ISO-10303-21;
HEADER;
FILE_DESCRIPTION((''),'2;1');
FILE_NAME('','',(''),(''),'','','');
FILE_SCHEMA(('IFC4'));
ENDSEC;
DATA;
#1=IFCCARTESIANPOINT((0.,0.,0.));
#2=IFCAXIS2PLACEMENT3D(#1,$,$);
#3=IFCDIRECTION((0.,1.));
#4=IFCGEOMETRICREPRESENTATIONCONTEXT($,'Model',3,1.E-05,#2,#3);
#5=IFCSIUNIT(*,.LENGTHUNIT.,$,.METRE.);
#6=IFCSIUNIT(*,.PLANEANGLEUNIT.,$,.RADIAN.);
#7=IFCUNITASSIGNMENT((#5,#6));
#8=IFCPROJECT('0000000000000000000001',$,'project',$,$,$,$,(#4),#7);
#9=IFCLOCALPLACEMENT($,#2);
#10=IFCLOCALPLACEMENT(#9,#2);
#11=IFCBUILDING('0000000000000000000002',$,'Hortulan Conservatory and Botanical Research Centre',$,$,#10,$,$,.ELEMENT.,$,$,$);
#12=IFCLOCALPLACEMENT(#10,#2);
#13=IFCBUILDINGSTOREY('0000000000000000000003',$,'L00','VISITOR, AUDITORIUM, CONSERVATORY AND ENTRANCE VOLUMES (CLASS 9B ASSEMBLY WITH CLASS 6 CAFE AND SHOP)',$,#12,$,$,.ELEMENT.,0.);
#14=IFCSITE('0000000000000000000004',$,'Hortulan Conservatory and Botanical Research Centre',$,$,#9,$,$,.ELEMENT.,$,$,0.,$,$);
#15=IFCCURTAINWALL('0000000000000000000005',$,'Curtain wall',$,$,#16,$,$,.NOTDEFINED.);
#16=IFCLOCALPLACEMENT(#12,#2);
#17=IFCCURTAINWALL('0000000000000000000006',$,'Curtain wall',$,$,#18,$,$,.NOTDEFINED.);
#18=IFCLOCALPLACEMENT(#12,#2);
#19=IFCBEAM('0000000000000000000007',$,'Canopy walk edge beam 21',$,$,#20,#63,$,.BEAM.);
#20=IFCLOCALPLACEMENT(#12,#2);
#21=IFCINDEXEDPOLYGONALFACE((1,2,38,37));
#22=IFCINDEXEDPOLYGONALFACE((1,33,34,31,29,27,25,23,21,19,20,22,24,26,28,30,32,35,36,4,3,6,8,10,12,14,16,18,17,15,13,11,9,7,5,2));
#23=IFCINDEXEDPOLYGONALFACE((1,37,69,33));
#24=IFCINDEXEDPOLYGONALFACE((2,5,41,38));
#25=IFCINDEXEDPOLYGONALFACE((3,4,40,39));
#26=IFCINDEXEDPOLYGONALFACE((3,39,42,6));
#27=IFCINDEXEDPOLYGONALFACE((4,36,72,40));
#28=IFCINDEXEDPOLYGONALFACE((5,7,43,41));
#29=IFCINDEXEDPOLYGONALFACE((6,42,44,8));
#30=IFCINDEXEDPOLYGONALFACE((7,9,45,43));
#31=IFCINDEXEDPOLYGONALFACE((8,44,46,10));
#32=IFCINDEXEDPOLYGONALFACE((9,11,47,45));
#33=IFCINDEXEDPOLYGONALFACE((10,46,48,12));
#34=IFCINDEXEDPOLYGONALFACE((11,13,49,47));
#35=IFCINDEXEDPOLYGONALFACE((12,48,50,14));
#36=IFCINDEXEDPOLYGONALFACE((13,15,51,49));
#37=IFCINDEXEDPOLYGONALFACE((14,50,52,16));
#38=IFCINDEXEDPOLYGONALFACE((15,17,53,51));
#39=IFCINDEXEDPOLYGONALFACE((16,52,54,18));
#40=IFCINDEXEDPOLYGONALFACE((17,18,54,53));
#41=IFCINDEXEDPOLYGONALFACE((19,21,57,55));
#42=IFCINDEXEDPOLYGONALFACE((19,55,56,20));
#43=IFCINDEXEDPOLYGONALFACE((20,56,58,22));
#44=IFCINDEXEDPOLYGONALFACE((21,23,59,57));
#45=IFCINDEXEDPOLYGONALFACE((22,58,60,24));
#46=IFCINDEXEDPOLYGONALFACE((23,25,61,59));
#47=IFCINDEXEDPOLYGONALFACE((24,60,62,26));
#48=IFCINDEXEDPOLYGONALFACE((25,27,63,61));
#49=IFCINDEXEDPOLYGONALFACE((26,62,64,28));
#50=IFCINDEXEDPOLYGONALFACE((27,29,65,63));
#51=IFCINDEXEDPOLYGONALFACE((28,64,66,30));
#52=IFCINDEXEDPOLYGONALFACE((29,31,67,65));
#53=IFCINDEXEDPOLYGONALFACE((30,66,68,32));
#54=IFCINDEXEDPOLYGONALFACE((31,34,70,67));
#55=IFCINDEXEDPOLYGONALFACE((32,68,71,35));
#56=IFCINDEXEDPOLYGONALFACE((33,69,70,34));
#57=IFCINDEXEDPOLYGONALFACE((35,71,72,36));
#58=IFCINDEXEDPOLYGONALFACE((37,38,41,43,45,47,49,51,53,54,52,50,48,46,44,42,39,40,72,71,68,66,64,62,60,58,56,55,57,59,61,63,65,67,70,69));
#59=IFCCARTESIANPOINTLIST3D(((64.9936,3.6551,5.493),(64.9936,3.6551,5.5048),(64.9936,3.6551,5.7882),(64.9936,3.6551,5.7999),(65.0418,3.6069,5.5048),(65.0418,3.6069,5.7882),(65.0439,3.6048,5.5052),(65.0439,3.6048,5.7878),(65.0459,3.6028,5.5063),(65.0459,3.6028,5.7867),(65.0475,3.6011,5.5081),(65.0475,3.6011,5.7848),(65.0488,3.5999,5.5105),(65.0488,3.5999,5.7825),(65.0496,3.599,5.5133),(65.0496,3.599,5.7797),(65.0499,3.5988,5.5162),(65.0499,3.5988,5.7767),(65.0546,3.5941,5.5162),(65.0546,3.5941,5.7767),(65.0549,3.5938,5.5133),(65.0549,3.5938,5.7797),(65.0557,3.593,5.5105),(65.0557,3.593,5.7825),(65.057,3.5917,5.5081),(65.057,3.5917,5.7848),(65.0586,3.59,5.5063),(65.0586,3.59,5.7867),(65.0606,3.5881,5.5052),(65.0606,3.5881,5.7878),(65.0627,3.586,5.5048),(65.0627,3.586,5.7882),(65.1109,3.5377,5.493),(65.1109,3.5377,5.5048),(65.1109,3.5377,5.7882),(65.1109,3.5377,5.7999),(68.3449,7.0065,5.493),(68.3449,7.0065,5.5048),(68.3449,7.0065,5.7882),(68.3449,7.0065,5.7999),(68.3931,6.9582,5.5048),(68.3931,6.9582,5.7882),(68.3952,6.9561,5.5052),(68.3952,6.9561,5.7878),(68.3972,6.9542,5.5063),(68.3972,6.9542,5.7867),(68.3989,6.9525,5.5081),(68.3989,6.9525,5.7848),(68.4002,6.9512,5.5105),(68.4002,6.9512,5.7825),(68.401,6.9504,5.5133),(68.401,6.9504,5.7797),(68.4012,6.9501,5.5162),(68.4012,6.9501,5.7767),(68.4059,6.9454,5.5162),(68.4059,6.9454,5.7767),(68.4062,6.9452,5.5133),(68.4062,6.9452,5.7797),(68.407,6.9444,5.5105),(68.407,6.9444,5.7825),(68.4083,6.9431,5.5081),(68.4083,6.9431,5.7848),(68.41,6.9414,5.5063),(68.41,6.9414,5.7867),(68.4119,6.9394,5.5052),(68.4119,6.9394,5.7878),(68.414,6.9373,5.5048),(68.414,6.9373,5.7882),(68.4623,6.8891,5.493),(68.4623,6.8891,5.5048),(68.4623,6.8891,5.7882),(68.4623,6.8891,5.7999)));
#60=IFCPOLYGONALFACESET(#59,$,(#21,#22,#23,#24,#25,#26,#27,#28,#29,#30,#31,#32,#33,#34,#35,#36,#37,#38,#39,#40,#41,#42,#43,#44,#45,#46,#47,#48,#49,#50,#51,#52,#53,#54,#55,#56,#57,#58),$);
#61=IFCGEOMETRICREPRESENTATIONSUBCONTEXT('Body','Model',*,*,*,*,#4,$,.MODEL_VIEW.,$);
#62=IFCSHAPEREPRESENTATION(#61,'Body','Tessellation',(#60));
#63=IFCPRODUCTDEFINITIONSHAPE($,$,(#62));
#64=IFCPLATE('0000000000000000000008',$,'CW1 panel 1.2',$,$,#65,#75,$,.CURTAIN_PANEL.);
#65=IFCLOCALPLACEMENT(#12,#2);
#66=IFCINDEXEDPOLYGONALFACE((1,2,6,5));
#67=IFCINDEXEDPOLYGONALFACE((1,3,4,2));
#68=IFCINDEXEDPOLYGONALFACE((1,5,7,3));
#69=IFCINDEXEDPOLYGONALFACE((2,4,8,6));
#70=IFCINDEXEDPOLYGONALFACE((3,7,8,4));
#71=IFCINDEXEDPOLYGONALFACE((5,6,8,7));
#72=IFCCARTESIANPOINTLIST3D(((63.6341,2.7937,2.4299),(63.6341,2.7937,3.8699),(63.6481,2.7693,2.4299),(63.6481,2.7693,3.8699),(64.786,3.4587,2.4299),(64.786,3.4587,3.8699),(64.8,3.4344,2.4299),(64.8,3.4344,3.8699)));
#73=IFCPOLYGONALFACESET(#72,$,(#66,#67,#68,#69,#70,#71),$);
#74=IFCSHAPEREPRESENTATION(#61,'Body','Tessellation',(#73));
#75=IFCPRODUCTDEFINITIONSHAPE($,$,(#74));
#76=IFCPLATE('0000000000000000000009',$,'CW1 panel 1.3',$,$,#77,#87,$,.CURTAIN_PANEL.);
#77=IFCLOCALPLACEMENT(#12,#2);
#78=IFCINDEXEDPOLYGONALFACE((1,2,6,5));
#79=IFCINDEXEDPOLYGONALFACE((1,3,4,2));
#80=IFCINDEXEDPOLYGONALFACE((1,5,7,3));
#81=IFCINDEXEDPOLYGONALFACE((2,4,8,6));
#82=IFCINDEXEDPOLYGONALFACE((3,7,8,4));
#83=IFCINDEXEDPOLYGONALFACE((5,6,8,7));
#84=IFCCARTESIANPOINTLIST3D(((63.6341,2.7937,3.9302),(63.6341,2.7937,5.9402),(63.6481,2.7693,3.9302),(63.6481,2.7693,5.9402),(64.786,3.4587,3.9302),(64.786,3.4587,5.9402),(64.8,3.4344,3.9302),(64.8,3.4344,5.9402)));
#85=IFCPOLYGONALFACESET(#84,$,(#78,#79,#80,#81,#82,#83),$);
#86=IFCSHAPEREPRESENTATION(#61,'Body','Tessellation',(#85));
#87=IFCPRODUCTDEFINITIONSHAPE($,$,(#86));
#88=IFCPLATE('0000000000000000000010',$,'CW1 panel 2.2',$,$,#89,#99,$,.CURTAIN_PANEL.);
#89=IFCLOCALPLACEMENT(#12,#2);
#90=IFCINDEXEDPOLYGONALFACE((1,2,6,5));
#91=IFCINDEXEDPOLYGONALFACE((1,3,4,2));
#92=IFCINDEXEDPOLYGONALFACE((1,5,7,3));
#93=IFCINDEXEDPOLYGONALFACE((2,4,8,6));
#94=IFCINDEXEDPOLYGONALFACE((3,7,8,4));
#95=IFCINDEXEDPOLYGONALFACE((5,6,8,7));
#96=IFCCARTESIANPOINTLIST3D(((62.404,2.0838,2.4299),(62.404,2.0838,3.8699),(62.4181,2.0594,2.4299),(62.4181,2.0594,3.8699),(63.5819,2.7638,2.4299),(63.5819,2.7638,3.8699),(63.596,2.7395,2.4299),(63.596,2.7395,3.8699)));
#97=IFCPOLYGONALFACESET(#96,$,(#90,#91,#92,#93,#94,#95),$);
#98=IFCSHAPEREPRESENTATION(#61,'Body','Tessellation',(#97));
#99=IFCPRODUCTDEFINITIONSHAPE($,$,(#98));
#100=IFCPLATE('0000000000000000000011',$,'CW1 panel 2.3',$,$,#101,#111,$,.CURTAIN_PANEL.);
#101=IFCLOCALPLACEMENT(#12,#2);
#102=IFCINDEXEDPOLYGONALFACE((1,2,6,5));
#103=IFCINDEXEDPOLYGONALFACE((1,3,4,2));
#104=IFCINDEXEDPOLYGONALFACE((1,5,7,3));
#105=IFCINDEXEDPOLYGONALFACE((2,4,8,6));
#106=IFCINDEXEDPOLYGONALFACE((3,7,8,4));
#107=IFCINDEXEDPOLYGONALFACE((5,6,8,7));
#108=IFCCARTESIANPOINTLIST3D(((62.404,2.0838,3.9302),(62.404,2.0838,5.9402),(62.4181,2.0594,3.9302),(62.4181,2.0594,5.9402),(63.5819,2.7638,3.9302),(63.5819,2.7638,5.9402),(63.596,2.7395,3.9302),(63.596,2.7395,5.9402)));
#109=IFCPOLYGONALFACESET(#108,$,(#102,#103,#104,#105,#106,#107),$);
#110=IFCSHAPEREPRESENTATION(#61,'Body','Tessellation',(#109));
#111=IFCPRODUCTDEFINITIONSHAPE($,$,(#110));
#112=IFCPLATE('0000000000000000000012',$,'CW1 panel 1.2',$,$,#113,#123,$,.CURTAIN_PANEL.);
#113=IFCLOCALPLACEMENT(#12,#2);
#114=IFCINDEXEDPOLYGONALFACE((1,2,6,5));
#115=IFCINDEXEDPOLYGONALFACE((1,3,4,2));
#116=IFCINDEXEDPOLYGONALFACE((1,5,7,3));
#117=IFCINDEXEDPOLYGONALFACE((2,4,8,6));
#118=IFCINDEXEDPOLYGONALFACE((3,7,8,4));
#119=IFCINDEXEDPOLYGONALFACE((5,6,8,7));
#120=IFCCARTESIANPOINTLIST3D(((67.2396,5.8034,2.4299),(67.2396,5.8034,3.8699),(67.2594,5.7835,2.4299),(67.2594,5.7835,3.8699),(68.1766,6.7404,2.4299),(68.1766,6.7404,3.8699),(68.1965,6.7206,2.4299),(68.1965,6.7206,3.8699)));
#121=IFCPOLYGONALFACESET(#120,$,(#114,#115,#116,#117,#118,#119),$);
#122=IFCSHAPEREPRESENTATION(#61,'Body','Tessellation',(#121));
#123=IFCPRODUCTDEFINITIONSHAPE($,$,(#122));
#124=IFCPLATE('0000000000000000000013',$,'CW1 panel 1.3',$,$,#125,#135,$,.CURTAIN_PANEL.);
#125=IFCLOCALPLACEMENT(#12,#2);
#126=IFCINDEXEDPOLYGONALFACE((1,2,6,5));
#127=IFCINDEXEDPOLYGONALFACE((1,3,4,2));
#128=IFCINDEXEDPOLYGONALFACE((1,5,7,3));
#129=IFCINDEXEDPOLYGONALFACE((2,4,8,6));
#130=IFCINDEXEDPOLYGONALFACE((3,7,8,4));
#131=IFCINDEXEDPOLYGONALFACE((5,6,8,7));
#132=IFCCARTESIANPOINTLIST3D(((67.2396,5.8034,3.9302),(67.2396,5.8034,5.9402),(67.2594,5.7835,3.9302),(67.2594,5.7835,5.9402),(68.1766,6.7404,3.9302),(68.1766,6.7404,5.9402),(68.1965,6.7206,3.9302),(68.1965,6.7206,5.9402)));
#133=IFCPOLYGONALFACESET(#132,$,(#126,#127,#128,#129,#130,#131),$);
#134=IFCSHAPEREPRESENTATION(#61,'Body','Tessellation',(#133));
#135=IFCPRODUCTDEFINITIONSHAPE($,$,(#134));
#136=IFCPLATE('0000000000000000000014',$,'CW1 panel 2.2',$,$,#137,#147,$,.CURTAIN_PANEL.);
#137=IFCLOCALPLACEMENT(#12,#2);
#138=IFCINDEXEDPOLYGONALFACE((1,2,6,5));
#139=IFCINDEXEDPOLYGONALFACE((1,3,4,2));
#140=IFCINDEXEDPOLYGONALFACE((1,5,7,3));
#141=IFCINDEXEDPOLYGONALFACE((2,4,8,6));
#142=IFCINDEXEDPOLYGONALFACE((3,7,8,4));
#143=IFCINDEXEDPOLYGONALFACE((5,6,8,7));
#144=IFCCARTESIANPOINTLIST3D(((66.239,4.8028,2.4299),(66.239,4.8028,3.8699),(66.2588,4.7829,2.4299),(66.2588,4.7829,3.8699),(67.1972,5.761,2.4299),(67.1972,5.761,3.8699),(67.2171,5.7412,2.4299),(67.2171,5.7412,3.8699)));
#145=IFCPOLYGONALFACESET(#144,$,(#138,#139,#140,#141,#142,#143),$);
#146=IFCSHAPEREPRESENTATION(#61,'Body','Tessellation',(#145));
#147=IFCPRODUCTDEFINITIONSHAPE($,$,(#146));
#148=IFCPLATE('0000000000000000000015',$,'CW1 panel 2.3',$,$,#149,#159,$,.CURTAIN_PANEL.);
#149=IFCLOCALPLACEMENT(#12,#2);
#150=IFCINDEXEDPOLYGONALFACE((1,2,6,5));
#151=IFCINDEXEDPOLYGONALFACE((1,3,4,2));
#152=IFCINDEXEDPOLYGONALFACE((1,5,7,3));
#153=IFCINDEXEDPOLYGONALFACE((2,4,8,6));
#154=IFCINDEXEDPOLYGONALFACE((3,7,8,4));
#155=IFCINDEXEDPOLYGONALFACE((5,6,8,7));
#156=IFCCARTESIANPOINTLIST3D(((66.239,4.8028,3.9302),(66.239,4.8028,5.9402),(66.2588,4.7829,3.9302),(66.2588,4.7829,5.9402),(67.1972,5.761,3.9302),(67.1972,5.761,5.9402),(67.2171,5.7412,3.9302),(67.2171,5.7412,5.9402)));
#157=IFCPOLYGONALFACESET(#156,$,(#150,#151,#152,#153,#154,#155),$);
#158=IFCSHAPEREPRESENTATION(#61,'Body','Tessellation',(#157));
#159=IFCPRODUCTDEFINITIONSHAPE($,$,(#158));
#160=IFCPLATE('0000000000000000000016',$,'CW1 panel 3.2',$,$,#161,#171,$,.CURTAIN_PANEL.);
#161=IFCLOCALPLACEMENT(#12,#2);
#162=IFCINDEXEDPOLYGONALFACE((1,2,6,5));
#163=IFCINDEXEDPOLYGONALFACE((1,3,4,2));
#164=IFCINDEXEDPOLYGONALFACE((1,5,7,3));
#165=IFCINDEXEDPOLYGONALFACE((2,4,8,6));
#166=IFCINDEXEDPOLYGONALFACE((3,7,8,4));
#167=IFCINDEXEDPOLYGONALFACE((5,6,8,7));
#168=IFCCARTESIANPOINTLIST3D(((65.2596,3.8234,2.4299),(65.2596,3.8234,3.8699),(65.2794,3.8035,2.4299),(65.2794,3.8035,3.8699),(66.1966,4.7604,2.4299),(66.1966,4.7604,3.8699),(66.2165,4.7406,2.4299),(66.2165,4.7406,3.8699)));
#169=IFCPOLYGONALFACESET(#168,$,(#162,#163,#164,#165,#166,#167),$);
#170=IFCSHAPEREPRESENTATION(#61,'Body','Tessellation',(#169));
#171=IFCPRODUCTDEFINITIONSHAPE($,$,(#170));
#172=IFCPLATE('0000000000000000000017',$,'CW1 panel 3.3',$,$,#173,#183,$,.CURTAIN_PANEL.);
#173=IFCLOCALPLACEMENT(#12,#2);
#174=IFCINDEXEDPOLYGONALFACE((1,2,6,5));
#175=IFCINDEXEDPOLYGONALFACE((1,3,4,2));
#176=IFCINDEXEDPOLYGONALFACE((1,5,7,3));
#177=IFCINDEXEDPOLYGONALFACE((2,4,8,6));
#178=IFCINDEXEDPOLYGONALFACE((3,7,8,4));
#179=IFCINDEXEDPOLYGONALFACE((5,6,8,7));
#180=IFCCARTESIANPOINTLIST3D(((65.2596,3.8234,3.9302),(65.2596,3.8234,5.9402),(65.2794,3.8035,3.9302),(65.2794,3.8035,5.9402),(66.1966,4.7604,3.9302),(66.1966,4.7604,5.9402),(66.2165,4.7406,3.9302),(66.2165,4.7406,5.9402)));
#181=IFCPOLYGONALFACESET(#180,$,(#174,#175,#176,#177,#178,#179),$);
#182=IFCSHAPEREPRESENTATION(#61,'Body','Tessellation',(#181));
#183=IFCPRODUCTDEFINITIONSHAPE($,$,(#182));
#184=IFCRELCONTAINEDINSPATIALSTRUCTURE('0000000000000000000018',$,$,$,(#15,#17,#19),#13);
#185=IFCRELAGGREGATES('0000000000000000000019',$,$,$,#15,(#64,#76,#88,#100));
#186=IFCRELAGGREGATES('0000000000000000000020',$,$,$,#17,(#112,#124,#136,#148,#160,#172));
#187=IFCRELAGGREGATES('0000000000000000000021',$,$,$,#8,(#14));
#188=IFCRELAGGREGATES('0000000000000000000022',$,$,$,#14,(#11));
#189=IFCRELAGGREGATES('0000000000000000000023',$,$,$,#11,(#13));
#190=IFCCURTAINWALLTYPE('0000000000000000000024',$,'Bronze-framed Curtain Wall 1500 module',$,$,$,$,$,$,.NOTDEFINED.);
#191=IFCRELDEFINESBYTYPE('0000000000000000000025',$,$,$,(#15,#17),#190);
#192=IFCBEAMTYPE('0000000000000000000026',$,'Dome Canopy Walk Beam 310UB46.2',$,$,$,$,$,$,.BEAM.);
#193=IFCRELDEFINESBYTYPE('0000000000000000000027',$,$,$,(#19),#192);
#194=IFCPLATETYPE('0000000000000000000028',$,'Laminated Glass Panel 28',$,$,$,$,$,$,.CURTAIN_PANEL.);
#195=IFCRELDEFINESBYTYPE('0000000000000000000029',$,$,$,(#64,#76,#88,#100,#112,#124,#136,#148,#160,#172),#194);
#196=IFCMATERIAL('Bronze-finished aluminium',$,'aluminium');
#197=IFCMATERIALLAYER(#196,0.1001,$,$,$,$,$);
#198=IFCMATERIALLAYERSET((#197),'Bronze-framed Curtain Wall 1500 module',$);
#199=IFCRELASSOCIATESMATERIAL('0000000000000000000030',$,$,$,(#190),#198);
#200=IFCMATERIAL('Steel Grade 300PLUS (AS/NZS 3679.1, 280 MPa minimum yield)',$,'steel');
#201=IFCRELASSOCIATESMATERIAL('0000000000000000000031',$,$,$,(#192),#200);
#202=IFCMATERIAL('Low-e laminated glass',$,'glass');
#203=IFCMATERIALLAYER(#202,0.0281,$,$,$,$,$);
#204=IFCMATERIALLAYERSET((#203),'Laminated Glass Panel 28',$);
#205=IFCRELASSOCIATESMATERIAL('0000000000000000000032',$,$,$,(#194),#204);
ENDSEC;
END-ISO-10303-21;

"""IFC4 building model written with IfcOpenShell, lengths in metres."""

from ifc_helpers import new_model, si_unit, direction, frame, origin, origin_2d, place, context, subcontext, project, spatial, rectangle, i_section, extrude, material, layer, layer_set, material_profile, profile_set, type_object, element, aggregate, save


model = new_model("IFC4")

# Units and contexts
model_context = context("Model", 3, precision=1e-05, world=origin(), true_north=direction((0.0, 1.0)))
body_context = subcontext(model_context, "Body", "Model", "MODEL_VIEW")
ifc_project = project(units=[si_unit("LENGTHUNIT", "METRE"), si_unit("PLANEANGLEUNIT", "RADIAN")], contexts=[model_context])

# Site, building, storey
site_placement = place(None, origin())
site = spatial("IfcSite", under=ifc_project, at=site_placement, Name="Hortulan Conservatory and Botanical Research Centre", CompositionType="ELEMENT", RefElevation=0.0)
building_placement = place(site_placement, origin())
building = spatial("IfcBuilding", under=site, at=building_placement, Name="Hortulan Conservatory and Botanical Research Centre", CompositionType="ELEMENT")
storey_placement = place(building_placement, origin())
storey = spatial("IfcBuildingStorey", under=building, at=storey_placement, Name="L00", Description="VISITOR, AUDITORIUM, CONSERVATORY AND ENTRANCE VOLUMES (CLASS 9B ASSEMBLY WITH CLASS 6 CAFE AND SHOP)", CompositionType="ELEMENT", Elevation=0.0)

# Curtain walls
ifc_material_1 = material(Name="Bronze-finished aluminium", Category="aluminium")
ifc_layer_1 = layer(ifc_material_1, 0.1001)
ifc_layer_set_1 = layer_set([ifc_layer_1], Name="Bronze-framed Curtain Wall 1500 module")
curtain_wall_type = type_object("IfcCurtainWallType", Name="Bronze-framed Curtain Wall 1500 module", PredefinedType="NOTDEFINED", material=ifc_layer_set_1)
curtain_wall_1_placement = place(storey_placement, origin())
curtain_wall_1 = element("IfcCurtainWall", 1, at=curtain_wall_1_placement, inside=storey, type_object=curtain_wall_type, Name="Curtain wall", PredefinedType="NOTDEFINED")
curtain_wall_2_placement = place(storey_placement, origin())
curtain_wall_2 = element("IfcCurtainWall", 2, at=curtain_wall_2_placement, inside=storey, type_object=curtain_wall_type, Name="Curtain wall", PredefinedType="NOTDEFINED")

# Beam
ifc_material_2 = material(Name="Steel Grade 300PLUS (AS/NZS 3679.1, 280 MPa minimum yield)", Category="steel")
ifc_material_profile_1 = material_profile(ifc_material_2, i_section(OverallWidth=0.166, OverallDepth=0.3069, WebThickness=0.0066, FlangeThickness=0.0117, FilletRadius=0.0115, at=origin_2d()), Name="310UB46.2")
ifc_profile_set_1 = profile_set([ifc_material_profile_1], Name="Steel Grade 300PLUS (AS/NZS 3679.1, 280 MPa minimum yield)")
beam_type = type_object("IfcBeamType", Name="Dome Canopy Walk Beam 310UB46.2", PredefinedType="BEAM", material=ifc_profile_set_1)
beam_placement = place(storey_placement, frame((65.0522, 3.5964, 5.6465), z_axis=(0.707107, 0.707107, 0.0), x_axis=(-0.707107, 0.707107, 0.0)))
element("IfcBeam", 3, at=beam_placement, inside=storey, type_object=beam_type, Name="Canopy walk edge beam 21", PredefinedType="BEAM", context=body_context, shape_type="SweptSolid", body=[
    extrude(i_section(OverallWidth=0.166, OverallDepth=0.3069, WebThickness=0.0066, FlangeThickness=0.0117, FilletRadius=0.0115, at=origin_2d()), origin(), (0.0, 0.0, 1.0), 4.7395),
])

# Plates
ifc_material_3 = material(Name="Low-e laminated glass", Category="glass")
ifc_layer_2 = layer(ifc_material_3, 0.0281)
ifc_layer_set_2 = layer_set([ifc_layer_2], Name="Laminated Glass Panel 28")
plate_type = type_object("IfcPlateType", Name="Laminated Glass Panel 28", PredefinedType="CURTAIN_PANEL", material=ifc_layer_set_2)
plate_1_placement = place(storey_placement, frame((64.217, 3.114, 2.4299), z_axis=(0.0, 0.0, 1.0), x_axis=(-0.866036, -0.499981, 0.0)))
plate_1 = element("IfcPlate", 4, at=plate_1_placement, type_object=plate_type, Name="CW1 panel 1.2", PredefinedType="CURTAIN_PANEL", context=body_context, shape_type="SweptSolid", body=[
    extrude(rectangle(XDim=1.3301, YDim=0.0281, at=origin_2d()), origin(), (0.0, 0.0, 1.0), 1.4399),
])
plate_2_placement = place(storey_placement, frame((64.217, 3.114, 3.9302), z_axis=(0.0, 0.0, 1.0), x_axis=(-0.866036, -0.499981, 0.0)))
plate_2 = element("IfcPlate", 5, at=plate_2_placement, type_object=plate_type, Name="CW1 panel 1.3", PredefinedType="CURTAIN_PANEL", context=body_context, shape_type="SweptSolid", body=[
    extrude(rectangle(XDim=1.3301, YDim=0.0281, at=origin_2d()), origin(), (0.0, 0.0, 1.0), 2.01),
])
plate_3_placement = place(storey_placement, frame((63.0, 2.4116, 2.4299), z_axis=(0.0, 0.0, 1.0), x_axis=(-0.866036, -0.499981, 0.0)))
plate_3 = element("IfcPlate", 6, at=plate_3_placement, type_object=plate_type, Name="CW1 panel 2.2", PredefinedType="CURTAIN_PANEL", context=body_context, shape_type="SweptSolid", body=[
    extrude(rectangle(XDim=1.3601, YDim=0.0281, at=origin_2d()), origin(), (0.0, 0.0, 1.0), 1.4399),
])
plate_4_placement = place(storey_placement, frame((63.0, 2.4116, 3.9302), z_axis=(0.0, 0.0, 1.0), x_axis=(-0.866036, -0.499981, 0.0)))
plate_4 = element("IfcPlate", 7, at=plate_4_placement, type_object=plate_type, Name="CW1 panel 2.3", PredefinedType="CURTAIN_PANEL", context=body_context, shape_type="SweptSolid", body=[
    extrude(rectangle(XDim=1.3601, YDim=0.0281, at=origin_2d()), origin(), (0.0, 0.0, 1.0), 2.01),
])
aggregate(curtain_wall_1, [plate_1, plate_2, plate_3, plate_4])
plate_5_placement = place(storey_placement, frame((67.718, 6.262, 2.4299), z_axis=(0.0, 0.0, 1.0), x_axis=(-0.707107, -0.707107, 0.0)))
plate_5 = element("IfcPlate", 8, at=plate_5_placement, type_object=plate_type, Name="CW1 panel 1.2", PredefinedType="CURTAIN_PANEL", context=body_context, shape_type="SweptSolid", body=[
    extrude(rectangle(XDim=1.3252, YDim=0.0281, at=origin_2d()), origin(), (0.0, 0.0, 1.0), 1.4399),
])
plate_6_placement = place(storey_placement, frame((67.718, 6.262, 3.9302), z_axis=(0.0, 0.0, 1.0), x_axis=(-0.707107, -0.707107, 0.0)))
plate_6 = element("IfcPlate", 9, at=plate_6_placement, type_object=plate_type, Name="CW1 panel 1.3", PredefinedType="CURTAIN_PANEL", context=body_context, shape_type="SweptSolid", body=[
    extrude(rectangle(XDim=1.3252, YDim=0.0281, at=origin_2d()), origin(), (0.0, 0.0, 1.0), 2.01),
])
plate_7_placement = place(storey_placement, frame((66.728, 5.272, 2.4299), z_axis=(0.0, 0.0, 1.0), x_axis=(-0.707107, -0.707107, 0.0)))
plate_7 = element("IfcPlate", 10, at=plate_7_placement, type_object=plate_type, Name="CW1 panel 2.2", PredefinedType="CURTAIN_PANEL", context=body_context, shape_type="SweptSolid", body=[
    extrude(rectangle(XDim=1.3552, YDim=0.0281, at=origin_2d()), origin(), (0.0, 0.0, 1.0), 1.4399),
])
plate_8_placement = place(storey_placement, frame((66.728, 5.272, 3.9302), z_axis=(0.0, 0.0, 1.0), x_axis=(-0.707107, -0.707107, 0.0)))
plate_8 = element("IfcPlate", 11, at=plate_8_placement, type_object=plate_type, Name="CW1 panel 2.3", PredefinedType="CURTAIN_PANEL", context=body_context, shape_type="SweptSolid", body=[
    extrude(rectangle(XDim=1.3552, YDim=0.0281, at=origin_2d()), origin(), (0.0, 0.0, 1.0), 2.01),
])
plate_9_placement = place(storey_placement, frame((65.738, 4.282, 2.4299), z_axis=(0.0, 0.0, 1.0), x_axis=(-0.707107, -0.707107, 0.0)))
plate_9 = element("IfcPlate", 12, at=plate_9_placement, type_object=plate_type, Name="CW1 panel 3.2", PredefinedType="CURTAIN_PANEL", context=body_context, shape_type="SweptSolid", body=[
    extrude(rectangle(XDim=1.3252, YDim=0.0281, at=origin_2d()), origin(), (0.0, 0.0, 1.0), 1.4399),
])
plate_10_placement = place(storey_placement, frame((65.738, 4.282, 3.9302), z_axis=(0.0, 0.0, 1.0), x_axis=(-0.707107, -0.707107, 0.0)))
plate_10 = element("IfcPlate", 13, at=plate_10_placement, type_object=plate_type, Name="CW1 panel 3.3", PredefinedType="CURTAIN_PANEL", context=body_context, shape_type="SweptSolid", body=[
    extrude(rectangle(XDim=1.3252, YDim=0.0281, at=origin_2d()), origin(), (0.0, 0.0, 1.0), 2.01),
])
aggregate(curtain_wall_2, [plate_5, plate_6, plate_7, plate_8, plate_9, plate_10])

save(model, "model.ifc")
